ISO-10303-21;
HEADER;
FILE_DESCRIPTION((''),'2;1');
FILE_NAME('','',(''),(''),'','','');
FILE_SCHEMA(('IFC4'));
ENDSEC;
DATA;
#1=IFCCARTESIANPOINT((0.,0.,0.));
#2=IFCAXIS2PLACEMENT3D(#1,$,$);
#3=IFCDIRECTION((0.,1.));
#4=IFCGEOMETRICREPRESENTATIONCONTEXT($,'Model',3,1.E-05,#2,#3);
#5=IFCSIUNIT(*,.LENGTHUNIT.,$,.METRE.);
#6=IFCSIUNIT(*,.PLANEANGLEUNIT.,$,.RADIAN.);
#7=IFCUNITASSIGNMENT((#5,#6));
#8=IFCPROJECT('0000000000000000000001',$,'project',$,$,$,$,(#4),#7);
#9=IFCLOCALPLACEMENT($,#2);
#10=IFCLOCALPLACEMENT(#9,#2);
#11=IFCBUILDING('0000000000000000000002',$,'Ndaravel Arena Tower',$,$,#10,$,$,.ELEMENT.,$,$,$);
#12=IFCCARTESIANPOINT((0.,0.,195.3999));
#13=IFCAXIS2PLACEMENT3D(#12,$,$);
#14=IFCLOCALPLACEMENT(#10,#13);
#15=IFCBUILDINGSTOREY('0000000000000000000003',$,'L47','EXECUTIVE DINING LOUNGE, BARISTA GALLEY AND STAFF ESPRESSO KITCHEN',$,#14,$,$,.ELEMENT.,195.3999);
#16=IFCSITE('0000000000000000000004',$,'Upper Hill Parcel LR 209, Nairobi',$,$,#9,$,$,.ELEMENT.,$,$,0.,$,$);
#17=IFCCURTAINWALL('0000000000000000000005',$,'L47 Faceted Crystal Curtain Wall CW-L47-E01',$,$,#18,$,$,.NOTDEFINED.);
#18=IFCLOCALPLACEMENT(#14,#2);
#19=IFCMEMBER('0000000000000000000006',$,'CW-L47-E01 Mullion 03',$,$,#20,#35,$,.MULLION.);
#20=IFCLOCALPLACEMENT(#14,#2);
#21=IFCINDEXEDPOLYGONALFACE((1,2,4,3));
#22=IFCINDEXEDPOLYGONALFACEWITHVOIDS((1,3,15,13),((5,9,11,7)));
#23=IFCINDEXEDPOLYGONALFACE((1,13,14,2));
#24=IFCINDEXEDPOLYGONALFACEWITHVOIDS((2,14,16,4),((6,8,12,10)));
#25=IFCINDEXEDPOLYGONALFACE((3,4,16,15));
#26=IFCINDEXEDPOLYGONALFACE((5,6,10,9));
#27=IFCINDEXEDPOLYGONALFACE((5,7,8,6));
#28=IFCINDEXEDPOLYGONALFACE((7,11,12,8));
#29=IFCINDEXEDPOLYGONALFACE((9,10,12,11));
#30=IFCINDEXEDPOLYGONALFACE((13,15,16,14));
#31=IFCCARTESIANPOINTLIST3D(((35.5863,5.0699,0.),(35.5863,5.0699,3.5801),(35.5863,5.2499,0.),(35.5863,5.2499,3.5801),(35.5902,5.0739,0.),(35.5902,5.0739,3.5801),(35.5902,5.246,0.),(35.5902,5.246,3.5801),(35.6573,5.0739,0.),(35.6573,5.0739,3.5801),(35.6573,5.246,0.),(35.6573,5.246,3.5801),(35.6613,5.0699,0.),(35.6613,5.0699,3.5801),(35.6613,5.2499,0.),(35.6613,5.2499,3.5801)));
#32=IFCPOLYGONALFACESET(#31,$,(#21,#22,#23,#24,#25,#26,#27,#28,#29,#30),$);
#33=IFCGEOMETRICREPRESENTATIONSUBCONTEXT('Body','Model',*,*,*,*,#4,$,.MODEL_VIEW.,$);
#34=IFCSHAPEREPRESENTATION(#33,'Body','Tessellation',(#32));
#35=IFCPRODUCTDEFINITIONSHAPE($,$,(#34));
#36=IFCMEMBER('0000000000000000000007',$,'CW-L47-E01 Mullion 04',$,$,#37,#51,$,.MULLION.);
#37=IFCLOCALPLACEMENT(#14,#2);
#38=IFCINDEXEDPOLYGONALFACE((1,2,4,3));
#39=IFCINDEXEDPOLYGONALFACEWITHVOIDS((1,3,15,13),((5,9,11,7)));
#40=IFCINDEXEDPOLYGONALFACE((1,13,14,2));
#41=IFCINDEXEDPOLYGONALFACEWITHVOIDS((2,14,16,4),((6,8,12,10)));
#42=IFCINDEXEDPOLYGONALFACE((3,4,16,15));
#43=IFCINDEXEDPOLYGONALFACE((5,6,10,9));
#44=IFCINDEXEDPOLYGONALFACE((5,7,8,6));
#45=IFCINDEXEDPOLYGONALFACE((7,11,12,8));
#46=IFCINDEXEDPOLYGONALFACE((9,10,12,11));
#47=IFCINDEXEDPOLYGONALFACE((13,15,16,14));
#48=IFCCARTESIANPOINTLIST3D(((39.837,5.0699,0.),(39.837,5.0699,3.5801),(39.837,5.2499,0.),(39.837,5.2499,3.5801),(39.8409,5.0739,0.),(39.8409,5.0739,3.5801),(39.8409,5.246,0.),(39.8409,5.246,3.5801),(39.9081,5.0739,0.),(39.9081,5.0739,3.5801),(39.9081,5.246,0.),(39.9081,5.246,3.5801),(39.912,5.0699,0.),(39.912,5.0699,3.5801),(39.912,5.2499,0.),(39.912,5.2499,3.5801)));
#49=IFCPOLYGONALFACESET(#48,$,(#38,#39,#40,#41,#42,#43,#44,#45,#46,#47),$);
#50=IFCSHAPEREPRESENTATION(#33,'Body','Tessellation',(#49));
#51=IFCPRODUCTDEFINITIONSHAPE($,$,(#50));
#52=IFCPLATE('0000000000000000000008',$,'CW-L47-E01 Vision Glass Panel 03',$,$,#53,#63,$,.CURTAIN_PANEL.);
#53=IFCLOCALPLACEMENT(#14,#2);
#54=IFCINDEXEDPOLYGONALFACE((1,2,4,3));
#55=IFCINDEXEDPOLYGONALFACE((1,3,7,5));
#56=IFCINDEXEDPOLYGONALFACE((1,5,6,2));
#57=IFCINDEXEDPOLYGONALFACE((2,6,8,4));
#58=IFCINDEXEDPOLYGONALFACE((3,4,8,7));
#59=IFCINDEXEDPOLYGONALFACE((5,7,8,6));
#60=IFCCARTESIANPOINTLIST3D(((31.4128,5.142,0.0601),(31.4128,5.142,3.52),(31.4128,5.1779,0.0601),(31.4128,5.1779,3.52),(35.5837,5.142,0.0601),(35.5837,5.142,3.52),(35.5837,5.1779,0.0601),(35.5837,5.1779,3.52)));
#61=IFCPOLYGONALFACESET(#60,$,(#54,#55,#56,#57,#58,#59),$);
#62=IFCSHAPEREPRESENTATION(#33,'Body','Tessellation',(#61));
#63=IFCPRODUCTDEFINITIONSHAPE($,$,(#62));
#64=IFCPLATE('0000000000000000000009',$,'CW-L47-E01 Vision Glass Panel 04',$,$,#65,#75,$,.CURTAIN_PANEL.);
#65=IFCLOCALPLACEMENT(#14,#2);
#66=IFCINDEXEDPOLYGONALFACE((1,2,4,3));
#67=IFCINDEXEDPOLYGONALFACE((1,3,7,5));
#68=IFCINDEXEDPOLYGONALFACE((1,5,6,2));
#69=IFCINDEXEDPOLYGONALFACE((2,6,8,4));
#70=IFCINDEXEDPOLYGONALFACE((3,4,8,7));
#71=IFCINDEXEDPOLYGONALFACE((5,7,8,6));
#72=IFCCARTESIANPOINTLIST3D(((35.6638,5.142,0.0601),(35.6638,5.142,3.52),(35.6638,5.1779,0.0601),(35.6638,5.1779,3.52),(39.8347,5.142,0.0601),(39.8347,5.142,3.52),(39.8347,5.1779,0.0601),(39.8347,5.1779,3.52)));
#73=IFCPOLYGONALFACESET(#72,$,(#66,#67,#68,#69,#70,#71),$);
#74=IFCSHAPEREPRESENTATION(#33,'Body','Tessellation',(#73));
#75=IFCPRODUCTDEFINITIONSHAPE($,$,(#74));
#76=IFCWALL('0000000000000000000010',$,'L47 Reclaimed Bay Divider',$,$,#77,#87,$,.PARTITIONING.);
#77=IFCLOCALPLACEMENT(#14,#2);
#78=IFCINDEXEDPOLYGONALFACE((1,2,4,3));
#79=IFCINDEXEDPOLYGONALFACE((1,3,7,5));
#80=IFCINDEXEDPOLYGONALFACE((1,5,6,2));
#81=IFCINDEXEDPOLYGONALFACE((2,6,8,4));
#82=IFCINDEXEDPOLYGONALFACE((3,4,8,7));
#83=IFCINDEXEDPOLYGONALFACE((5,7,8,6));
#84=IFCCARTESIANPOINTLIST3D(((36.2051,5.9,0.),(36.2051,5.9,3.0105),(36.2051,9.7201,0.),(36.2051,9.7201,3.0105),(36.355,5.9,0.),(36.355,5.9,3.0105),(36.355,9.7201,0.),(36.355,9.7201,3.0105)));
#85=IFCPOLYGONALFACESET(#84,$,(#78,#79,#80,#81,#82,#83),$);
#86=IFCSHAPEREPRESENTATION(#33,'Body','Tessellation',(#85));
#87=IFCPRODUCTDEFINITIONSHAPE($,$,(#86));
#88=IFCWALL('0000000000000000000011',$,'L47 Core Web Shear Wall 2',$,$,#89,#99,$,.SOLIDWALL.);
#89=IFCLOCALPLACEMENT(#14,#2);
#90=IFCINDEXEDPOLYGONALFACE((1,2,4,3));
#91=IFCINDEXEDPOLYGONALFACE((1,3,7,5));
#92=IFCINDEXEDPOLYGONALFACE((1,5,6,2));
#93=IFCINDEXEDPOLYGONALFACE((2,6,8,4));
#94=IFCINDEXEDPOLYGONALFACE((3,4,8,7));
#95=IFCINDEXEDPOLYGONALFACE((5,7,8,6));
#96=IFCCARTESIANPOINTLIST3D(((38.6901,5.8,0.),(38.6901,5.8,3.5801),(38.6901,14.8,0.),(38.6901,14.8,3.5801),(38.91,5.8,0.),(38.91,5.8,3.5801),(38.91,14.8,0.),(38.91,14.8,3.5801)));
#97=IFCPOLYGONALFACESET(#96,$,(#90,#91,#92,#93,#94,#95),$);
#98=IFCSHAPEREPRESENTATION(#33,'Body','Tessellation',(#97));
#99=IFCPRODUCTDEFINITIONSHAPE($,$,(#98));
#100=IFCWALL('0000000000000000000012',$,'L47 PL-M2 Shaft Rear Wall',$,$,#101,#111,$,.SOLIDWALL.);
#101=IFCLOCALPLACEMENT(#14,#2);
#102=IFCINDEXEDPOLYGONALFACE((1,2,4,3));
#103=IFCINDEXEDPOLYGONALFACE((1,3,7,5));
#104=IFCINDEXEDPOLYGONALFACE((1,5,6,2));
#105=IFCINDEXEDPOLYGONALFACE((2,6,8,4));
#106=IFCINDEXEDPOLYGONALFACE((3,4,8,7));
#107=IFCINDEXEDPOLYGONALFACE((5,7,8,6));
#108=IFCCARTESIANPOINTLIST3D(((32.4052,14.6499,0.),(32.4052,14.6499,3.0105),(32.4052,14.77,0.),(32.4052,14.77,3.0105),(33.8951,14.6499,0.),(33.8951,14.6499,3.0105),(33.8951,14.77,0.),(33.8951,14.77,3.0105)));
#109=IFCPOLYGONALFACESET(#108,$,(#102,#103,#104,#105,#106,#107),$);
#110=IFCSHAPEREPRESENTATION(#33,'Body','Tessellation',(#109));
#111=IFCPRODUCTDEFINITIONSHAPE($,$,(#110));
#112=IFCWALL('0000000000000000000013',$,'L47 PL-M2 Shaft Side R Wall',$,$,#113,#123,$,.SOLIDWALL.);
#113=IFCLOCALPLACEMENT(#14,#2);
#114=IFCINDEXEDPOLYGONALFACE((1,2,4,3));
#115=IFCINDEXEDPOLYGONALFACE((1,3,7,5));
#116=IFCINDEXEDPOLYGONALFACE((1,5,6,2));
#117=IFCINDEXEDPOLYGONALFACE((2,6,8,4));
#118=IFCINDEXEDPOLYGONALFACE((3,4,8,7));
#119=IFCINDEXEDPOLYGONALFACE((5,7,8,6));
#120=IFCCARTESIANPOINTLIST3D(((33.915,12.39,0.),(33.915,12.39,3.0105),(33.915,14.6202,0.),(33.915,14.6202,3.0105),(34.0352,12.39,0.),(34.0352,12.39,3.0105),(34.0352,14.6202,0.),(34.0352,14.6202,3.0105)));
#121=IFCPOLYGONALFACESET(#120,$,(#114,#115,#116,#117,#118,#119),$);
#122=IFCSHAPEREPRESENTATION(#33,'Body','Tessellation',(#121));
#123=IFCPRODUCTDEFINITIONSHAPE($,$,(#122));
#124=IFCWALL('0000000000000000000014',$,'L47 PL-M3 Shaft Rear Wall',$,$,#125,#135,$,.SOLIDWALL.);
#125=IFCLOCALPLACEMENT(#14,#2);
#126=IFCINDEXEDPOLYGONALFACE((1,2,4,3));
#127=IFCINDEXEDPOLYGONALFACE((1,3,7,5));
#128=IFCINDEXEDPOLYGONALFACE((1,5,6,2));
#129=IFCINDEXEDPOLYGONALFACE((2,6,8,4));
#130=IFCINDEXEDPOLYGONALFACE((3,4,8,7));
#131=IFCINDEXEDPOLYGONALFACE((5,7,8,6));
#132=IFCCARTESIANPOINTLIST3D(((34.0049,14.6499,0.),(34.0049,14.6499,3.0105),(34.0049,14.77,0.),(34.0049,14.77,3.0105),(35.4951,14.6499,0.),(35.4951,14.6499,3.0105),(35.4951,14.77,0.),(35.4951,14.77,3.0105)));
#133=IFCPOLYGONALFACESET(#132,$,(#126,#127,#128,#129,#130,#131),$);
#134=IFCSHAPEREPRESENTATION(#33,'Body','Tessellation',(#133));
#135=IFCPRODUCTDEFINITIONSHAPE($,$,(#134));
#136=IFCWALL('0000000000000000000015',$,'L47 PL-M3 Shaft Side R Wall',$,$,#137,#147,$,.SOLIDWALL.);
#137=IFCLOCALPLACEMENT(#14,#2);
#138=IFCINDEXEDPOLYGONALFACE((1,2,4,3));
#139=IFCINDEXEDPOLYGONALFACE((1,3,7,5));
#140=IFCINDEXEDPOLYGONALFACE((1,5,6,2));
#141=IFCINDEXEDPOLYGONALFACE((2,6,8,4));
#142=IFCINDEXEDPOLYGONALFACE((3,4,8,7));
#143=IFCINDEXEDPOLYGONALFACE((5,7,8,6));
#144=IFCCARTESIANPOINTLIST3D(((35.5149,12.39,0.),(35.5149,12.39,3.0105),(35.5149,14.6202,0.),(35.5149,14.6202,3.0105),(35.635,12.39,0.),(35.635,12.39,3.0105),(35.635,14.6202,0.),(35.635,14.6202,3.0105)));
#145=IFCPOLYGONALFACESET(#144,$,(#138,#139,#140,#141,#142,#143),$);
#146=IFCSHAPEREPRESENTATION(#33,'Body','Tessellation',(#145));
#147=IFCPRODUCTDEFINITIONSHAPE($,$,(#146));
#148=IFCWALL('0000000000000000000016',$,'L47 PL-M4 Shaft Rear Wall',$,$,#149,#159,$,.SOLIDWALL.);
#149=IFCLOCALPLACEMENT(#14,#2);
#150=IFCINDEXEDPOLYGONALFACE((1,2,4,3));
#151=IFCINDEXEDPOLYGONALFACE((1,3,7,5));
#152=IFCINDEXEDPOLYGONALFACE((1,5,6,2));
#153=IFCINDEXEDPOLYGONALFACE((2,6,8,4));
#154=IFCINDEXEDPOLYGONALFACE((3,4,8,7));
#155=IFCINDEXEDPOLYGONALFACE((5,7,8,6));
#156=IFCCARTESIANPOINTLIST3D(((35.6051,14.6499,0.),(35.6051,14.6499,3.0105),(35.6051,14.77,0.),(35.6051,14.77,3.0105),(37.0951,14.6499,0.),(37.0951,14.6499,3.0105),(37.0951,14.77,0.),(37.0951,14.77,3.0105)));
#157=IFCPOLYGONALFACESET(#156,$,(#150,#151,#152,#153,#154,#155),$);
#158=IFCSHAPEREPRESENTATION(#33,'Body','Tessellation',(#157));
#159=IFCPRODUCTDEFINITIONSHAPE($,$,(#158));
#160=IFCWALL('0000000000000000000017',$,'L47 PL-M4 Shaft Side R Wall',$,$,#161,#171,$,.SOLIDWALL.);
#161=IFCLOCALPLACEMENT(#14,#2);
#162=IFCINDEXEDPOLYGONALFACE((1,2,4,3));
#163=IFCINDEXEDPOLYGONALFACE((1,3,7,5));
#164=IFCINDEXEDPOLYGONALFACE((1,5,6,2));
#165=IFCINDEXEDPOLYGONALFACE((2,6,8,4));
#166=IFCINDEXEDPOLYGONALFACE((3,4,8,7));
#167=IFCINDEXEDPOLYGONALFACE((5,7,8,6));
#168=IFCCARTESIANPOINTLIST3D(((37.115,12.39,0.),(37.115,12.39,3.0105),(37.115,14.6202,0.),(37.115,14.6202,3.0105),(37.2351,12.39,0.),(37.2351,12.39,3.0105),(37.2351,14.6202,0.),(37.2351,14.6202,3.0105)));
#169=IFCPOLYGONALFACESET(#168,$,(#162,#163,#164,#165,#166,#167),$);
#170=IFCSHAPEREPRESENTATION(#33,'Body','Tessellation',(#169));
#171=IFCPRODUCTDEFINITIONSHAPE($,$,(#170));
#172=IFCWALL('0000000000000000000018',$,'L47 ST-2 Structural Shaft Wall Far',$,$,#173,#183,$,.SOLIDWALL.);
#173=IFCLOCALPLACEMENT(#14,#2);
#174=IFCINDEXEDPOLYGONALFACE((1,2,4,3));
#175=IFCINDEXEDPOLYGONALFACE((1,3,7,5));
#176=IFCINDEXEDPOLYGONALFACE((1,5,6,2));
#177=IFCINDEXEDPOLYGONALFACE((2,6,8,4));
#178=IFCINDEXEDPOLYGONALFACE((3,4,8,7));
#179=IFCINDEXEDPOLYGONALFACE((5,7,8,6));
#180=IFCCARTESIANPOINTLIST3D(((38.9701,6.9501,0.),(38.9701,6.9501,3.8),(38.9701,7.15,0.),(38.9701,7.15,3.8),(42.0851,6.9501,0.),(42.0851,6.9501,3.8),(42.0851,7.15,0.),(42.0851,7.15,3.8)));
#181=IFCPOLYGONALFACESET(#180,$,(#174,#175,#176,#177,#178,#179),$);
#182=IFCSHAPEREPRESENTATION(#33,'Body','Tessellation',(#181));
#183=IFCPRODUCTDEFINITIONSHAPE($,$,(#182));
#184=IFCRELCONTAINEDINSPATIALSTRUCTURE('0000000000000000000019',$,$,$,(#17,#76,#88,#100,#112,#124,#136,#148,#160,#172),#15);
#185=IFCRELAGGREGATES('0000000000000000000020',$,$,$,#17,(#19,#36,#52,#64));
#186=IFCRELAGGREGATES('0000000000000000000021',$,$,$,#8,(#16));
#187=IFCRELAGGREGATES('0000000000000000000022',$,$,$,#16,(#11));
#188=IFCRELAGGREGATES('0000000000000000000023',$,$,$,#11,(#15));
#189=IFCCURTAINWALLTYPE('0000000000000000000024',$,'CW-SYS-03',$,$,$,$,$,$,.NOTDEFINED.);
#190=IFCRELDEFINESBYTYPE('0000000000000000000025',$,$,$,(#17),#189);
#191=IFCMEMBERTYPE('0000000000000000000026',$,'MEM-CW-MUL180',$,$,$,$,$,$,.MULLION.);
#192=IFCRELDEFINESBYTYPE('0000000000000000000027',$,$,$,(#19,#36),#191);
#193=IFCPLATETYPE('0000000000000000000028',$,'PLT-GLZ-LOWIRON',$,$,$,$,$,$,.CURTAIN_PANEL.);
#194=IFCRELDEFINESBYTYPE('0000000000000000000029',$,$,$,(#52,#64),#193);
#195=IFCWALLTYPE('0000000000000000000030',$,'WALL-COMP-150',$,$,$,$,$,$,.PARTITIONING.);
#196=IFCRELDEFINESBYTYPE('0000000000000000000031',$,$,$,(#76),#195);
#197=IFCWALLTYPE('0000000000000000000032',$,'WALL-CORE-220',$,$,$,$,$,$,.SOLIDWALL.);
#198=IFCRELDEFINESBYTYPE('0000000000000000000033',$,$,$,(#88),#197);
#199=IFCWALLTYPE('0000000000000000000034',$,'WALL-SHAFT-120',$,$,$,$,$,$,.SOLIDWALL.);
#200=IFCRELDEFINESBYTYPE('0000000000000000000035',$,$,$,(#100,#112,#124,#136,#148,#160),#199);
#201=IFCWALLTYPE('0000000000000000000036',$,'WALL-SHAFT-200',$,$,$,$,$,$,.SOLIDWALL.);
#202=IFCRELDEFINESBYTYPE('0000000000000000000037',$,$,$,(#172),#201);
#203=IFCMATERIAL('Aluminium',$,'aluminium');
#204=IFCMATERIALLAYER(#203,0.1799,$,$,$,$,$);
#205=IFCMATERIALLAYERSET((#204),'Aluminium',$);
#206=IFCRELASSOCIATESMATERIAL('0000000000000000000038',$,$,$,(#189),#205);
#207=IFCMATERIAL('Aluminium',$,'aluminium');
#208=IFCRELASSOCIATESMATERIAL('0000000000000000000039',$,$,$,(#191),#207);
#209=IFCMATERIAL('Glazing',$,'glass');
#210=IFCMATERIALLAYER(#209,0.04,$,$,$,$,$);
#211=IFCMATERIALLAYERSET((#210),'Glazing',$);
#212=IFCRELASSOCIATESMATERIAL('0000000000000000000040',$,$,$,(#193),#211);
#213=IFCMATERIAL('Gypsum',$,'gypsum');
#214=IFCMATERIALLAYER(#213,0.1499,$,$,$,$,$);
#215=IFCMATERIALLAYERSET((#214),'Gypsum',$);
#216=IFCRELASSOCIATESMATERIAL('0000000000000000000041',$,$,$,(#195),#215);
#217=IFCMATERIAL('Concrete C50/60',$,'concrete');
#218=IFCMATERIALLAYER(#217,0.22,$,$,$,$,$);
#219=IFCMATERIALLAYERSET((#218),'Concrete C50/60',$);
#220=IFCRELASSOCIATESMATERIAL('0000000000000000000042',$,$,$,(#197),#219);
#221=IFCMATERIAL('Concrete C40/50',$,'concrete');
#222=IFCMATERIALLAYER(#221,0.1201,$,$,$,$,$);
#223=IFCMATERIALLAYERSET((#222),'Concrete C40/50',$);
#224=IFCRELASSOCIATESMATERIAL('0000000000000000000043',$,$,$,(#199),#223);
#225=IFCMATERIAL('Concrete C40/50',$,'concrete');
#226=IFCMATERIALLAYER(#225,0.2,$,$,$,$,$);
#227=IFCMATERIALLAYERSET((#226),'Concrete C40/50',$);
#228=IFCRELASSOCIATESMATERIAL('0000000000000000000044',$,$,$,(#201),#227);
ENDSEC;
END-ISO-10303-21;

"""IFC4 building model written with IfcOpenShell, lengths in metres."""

from ifc_helpers import new_model, si_unit, direction, frame, frame_2d, origin, origin_2d, place, context, subcontext, project, spatial, rectangle, hollow_rectangle, extrude, material, layer, layer_set, material_profile, profile_set, type_object, element, aggregate, save


model = new_model("IFC4")

# Units and contexts
model_context = context("Model", 3, precision=1e-05, world=origin(), true_north=direction((0.0, 1.0)))
body_context = subcontext(model_context, "Body", "Model", "MODEL_VIEW")
ifc_project = project(units=[si_unit("LENGTHUNIT", "METRE"), si_unit("PLANEANGLEUNIT", "RADIAN")], contexts=[model_context])

# Site, building, storey
site_placement = place(None, origin())
site = spatial("IfcSite", under=ifc_project, at=site_placement, Name="Upper Hill Parcel LR 209, Nairobi", CompositionType="ELEMENT", RefElevation=0.0)
building_placement = place(site_placement, origin())
building = spatial("IfcBuilding", under=site, at=building_placement, Name="Ndaravel Arena Tower", CompositionType="ELEMENT")
storey_placement = place(building_placement, frame((0.0, 0.0, 195.3999)))
storey = spatial("IfcBuildingStorey", under=building, at=storey_placement, Name="L47", Description="EXECUTIVE DINING LOUNGE, BARISTA GALLEY AND STAFF ESPRESSO KITCHEN", CompositionType="ELEMENT", Elevation=195.3999)

# Curtain wall, members, plates
ifc_material_1 = material(Name="Aluminium", Category="aluminium")
ifc_layer_1 = layer(ifc_material_1, 0.1799)
ifc_layer_set_1 = layer_set([ifc_layer_1], Name="Aluminium")
curtain_wall_type = type_object("IfcCurtainWallType", Name="CW-SYS-03", PredefinedType="NOTDEFINED", material=ifc_layer_set_1)
curtain_wall_placement = place(storey_placement, origin())
curtain_wall = element("IfcCurtainWall", 1, at=curtain_wall_placement, inside=storey, type_object=curtain_wall_type, Name="L47 Faceted Crystal Curtain Wall CW-L47-E01", PredefinedType="NOTDEFINED")
ifc_material_2 = material(Name="Aluminium", Category="aluminium")
ifc_material_profile = material_profile(ifc_material_2, hollow_rectangle(XDim=0.075, YDim=0.1799, WallThickness=0.0039, at=origin_2d()), Name="CW MULLION 75x180x4")
ifc_profile_set = profile_set([ifc_material_profile], Name="Aluminium")
member_type = type_object("IfcMemberType", Name="MEM-CW-MUL180", PredefinedType="MULLION", material=ifc_profile_set)
member_1_placement = place(storey_placement, frame((35.6238, 5.1599, 0.0), z_axis=(0.0, 0.0, 1.0), x_axis=(1.0, 0.0, 0.0)))
member_1 = element("IfcMember", 2, at=member_1_placement, type_object=member_type, Name="CW-L47-E01 Mullion 03", PredefinedType="MULLION", context=body_context, shape_type="SweptSolid", body=[
    extrude(hollow_rectangle(XDim=0.075, YDim=0.1799, WallThickness=0.0039, at=origin_2d()), origin(), (0.0, 0.0, 1.0), 3.5801),
])
member_2_placement = place(storey_placement, frame((39.8745, 5.1599, 0.0), z_axis=(0.0, 0.0, 1.0), x_axis=(1.0, 0.0, 0.0)))
member_2 = element("IfcMember", 3, at=member_2_placement, type_object=member_type, Name="CW-L47-E01 Mullion 04", PredefinedType="MULLION", context=body_context, shape_type="SweptSolid", body=[
    extrude(hollow_rectangle(XDim=0.075, YDim=0.1799, WallThickness=0.0039, at=origin_2d()), origin(), (0.0, 0.0, 1.0), 3.5801),
])
ifc_material_3 = material(Name="Glazing", Category="glass")
ifc_layer_2 = layer(ifc_material_3, 0.04)
ifc_layer_set_2 = layer_set([ifc_layer_2], Name="Glazing")
plate_type = type_object("IfcPlateType", Name="PLT-GLZ-LOWIRON", PredefinedType="CURTAIN_PANEL", material=ifc_layer_set_2)
plate_1_placement = place(storey_placement, frame((33.4983, 5.1599, 0.0601), z_axis=(0.0, 0.0, 1.0), x_axis=(1.0, 0.0, 0.0)))
plate_1 = element("IfcPlate", 4, at=plate_1_placement, type_object=plate_type, Name="CW-L47-E01 Vision Glass Panel 03", PredefinedType="CURTAIN_PANEL", context=body_context, shape_type="SweptSolid", body=[
    extrude(rectangle(XDim=4.1709, YDim=0.0359, at=origin_2d()), origin(), (0.0, 0.0, 1.0), 3.46),
])
plate_2_placement = place(storey_placement, frame((37.7493, 5.1599, 0.0601), z_axis=(0.0, 0.0, 1.0), x_axis=(1.0, 0.0, 0.0)))
plate_2 = element("IfcPlate", 5, at=plate_2_placement, type_object=plate_type, Name="CW-L47-E01 Vision Glass Panel 04", PredefinedType="CURTAIN_PANEL", context=body_context, shape_type="SweptSolid", body=[
    extrude(rectangle(XDim=4.1709, YDim=0.0359, at=origin_2d()), origin(), (0.0, 0.0, 1.0), 3.46),
])
aggregate(curtain_wall, [member_1, member_2, plate_1, plate_2])

# Walls
ifc_material_4 = material(Name="Gypsum", Category="gypsum")
ifc_layer_3 = layer(ifc_material_4, 0.1499)
ifc_layer_set_3 = layer_set([ifc_layer_3], Name="Gypsum")
wall_type_1 = type_object("IfcWallType", Name="WALL-COMP-150", PredefinedType="PARTITIONING", material=ifc_layer_set_3)
wall_1_placement = place(storey_placement, frame((36.28, 5.8999, 0.0), z_axis=(0.0, 0.0, 1.0), x_axis=(0.0, 1.0, 0.0)))
element("IfcWall", 6, at=wall_1_placement, inside=storey, type_object=wall_type_1, Name="L47 Reclaimed Bay Divider", PredefinedType="PARTITIONING", context=body_context, shape_type="SweptSolid", body=[
    extrude(rectangle(XDim=3.8201, YDim=0.1499, at=frame_2d((1.9102, 0.0))), origin(), (0.0, 0.0, 1.0), 3.0105),
])
ifc_material_5 = material(Name="Concrete C50/60", Category="concrete")
ifc_layer_4 = layer(ifc_material_5, 0.22)
ifc_layer_set_4 = layer_set([ifc_layer_4], Name="Concrete C50/60")
wall_type_2 = type_object("IfcWallType", Name="WALL-CORE-220", PredefinedType="SOLIDWALL", material=ifc_layer_set_4)
wall_2_placement = place(storey_placement, frame((38.8, 5.8, 0.0), z_axis=(0.0, 0.0, 1.0), x_axis=(0.0, 1.0, 0.0)))
element("IfcWall", 7, at=wall_2_placement, inside=storey, type_object=wall_type_2, Name="L47 Core Web Shear Wall 2", PredefinedType="SOLIDWALL", context=body_context, shape_type="SweptSolid", body=[
    extrude(rectangle(XDim=9.0, YDim=0.22, at=frame_2d((4.5, 0.0))), origin(), (0.0, 0.0, 1.0), 3.5801),
])
ifc_material_6 = material(Name="Concrete C40/50", Category="concrete")
ifc_layer_5 = layer(ifc_material_6, 0.1201)
ifc_layer_set_5 = layer_set([ifc_layer_5], Name="Concrete C40/50")
wall_type_3 = type_object("IfcWallType", Name="WALL-SHAFT-120", PredefinedType="SOLIDWALL", material=ifc_layer_set_5)
wall_3_placement = place(storey_placement, frame((32.405, 14.71, 0.0), z_axis=(0.0, 0.0, 1.0), x_axis=(1.0, 0.0, 0.0)))
element("IfcWall", 8, at=wall_3_placement, inside=storey, type_object=wall_type_3, Name="L47 PL-M2 Shaft Rear Wall", PredefinedType="SOLIDWALL", context=body_context, shape_type="SweptSolid", body=[
    extrude(rectangle(XDim=1.49, YDim=0.1201, at=frame_2d((0.7451, 0.0))), origin(), (0.0, 0.0, 1.0), 3.0105),
])
wall_4_placement = place(storey_placement, frame((33.9751, 12.3899, 0.0), z_axis=(0.0, 0.0, 1.0), x_axis=(0.0, 1.0, 0.0)))
element("IfcWall", 9, at=wall_4_placement, inside=storey, type_object=wall_type_3, Name="L47 PL-M2 Shaft Side R Wall", PredefinedType="SOLIDWALL", context=body_context, shape_type="SweptSolid", body=[
    extrude(rectangle(XDim=2.2302, YDim=0.1201, at=frame_2d((1.1152, 0.0))), origin(), (0.0, 0.0, 1.0), 3.0105),
])
wall_5_placement = place(storey_placement, frame((34.0049, 14.71, 0.0), z_axis=(0.0, 0.0, 1.0), x_axis=(1.0, 0.0, 0.0)))
element("IfcWall", 10, at=wall_5_placement, inside=storey, type_object=wall_type_3, Name="L47 PL-M3 Shaft Rear Wall", PredefinedType="SOLIDWALL", context=body_context, shape_type="SweptSolid", body=[
    extrude(rectangle(XDim=1.4902, YDim=0.1201, at=frame_2d((0.7451, 0.0))), origin(), (0.0, 0.0, 1.0), 3.0105),
])
wall_6_placement = place(storey_placement, frame((35.575, 12.3899, 0.0), z_axis=(0.0, 0.0, 1.0), x_axis=(0.0, 1.0, 0.0)))
element("IfcWall", 11, at=wall_6_placement, inside=storey, type_object=wall_type_3, Name="L47 PL-M3 Shaft Side R Wall", PredefinedType="SOLIDWALL", context=body_context, shape_type="SweptSolid", body=[
    extrude(rectangle(XDim=2.2302, YDim=0.1201, at=frame_2d((1.1152, 0.0))), origin(), (0.0, 0.0, 1.0), 3.0105),
])
wall_7_placement = place(storey_placement, frame((35.605, 14.71, 0.0), z_axis=(0.0, 0.0, 1.0), x_axis=(1.0, 0.0, 0.0)))
element("IfcWall", 12, at=wall_7_placement, inside=storey, type_object=wall_type_3, Name="L47 PL-M4 Shaft Rear Wall", PredefinedType="SOLIDWALL", context=body_context, shape_type="SweptSolid", body=[
    extrude(rectangle(XDim=1.49, YDim=0.1201, at=frame_2d((0.7451, 0.0))), origin(), (0.0, 0.0, 1.0), 3.0105),
])
wall_8_placement = place(storey_placement, frame((37.175, 12.3899, 0.0), z_axis=(0.0, 0.0, 1.0), x_axis=(0.0, 1.0, 0.0)))
element("IfcWall", 13, at=wall_8_placement, inside=storey, type_object=wall_type_3, Name="L47 PL-M4 Shaft Side R Wall", PredefinedType="SOLIDWALL", context=body_context, shape_type="SweptSolid", body=[
    extrude(rectangle(XDim=2.2302, YDim=0.1201, at=frame_2d((1.1152, 0.0))), origin(), (0.0, 0.0, 1.0), 3.0105),
])
ifc_material_7 = material(Name="Concrete C40/50", Category="concrete")
ifc_layer_6 = layer(ifc_material_7, 0.2)
ifc_layer_set_6 = layer_set([ifc_layer_6], Name="Concrete C40/50")
wall_type_4 = type_object("IfcWallType", Name="WALL-SHAFT-200", PredefinedType="SOLIDWALL", material=ifc_layer_set_6)
wall_9_placement = place(storey_placement, frame((38.97, 7.05, 0.0), z_axis=(0.0, 0.0, 1.0), x_axis=(1.0, 0.0, 0.0)))
element("IfcWall", 14, at=wall_9_placement, inside=storey, type_object=wall_type_4, Name="L47 ST-2 Structural Shaft Wall Far", PredefinedType="SOLIDWALL", context=body_context, shape_type="SweptSolid", body=[
    extrude(rectangle(XDim=3.115, YDim=0.2, at=frame_2d((1.5576, 0.0))), origin(), (0.0, 0.0, 1.0), 3.8),
])

save(model, "model.ifc")
